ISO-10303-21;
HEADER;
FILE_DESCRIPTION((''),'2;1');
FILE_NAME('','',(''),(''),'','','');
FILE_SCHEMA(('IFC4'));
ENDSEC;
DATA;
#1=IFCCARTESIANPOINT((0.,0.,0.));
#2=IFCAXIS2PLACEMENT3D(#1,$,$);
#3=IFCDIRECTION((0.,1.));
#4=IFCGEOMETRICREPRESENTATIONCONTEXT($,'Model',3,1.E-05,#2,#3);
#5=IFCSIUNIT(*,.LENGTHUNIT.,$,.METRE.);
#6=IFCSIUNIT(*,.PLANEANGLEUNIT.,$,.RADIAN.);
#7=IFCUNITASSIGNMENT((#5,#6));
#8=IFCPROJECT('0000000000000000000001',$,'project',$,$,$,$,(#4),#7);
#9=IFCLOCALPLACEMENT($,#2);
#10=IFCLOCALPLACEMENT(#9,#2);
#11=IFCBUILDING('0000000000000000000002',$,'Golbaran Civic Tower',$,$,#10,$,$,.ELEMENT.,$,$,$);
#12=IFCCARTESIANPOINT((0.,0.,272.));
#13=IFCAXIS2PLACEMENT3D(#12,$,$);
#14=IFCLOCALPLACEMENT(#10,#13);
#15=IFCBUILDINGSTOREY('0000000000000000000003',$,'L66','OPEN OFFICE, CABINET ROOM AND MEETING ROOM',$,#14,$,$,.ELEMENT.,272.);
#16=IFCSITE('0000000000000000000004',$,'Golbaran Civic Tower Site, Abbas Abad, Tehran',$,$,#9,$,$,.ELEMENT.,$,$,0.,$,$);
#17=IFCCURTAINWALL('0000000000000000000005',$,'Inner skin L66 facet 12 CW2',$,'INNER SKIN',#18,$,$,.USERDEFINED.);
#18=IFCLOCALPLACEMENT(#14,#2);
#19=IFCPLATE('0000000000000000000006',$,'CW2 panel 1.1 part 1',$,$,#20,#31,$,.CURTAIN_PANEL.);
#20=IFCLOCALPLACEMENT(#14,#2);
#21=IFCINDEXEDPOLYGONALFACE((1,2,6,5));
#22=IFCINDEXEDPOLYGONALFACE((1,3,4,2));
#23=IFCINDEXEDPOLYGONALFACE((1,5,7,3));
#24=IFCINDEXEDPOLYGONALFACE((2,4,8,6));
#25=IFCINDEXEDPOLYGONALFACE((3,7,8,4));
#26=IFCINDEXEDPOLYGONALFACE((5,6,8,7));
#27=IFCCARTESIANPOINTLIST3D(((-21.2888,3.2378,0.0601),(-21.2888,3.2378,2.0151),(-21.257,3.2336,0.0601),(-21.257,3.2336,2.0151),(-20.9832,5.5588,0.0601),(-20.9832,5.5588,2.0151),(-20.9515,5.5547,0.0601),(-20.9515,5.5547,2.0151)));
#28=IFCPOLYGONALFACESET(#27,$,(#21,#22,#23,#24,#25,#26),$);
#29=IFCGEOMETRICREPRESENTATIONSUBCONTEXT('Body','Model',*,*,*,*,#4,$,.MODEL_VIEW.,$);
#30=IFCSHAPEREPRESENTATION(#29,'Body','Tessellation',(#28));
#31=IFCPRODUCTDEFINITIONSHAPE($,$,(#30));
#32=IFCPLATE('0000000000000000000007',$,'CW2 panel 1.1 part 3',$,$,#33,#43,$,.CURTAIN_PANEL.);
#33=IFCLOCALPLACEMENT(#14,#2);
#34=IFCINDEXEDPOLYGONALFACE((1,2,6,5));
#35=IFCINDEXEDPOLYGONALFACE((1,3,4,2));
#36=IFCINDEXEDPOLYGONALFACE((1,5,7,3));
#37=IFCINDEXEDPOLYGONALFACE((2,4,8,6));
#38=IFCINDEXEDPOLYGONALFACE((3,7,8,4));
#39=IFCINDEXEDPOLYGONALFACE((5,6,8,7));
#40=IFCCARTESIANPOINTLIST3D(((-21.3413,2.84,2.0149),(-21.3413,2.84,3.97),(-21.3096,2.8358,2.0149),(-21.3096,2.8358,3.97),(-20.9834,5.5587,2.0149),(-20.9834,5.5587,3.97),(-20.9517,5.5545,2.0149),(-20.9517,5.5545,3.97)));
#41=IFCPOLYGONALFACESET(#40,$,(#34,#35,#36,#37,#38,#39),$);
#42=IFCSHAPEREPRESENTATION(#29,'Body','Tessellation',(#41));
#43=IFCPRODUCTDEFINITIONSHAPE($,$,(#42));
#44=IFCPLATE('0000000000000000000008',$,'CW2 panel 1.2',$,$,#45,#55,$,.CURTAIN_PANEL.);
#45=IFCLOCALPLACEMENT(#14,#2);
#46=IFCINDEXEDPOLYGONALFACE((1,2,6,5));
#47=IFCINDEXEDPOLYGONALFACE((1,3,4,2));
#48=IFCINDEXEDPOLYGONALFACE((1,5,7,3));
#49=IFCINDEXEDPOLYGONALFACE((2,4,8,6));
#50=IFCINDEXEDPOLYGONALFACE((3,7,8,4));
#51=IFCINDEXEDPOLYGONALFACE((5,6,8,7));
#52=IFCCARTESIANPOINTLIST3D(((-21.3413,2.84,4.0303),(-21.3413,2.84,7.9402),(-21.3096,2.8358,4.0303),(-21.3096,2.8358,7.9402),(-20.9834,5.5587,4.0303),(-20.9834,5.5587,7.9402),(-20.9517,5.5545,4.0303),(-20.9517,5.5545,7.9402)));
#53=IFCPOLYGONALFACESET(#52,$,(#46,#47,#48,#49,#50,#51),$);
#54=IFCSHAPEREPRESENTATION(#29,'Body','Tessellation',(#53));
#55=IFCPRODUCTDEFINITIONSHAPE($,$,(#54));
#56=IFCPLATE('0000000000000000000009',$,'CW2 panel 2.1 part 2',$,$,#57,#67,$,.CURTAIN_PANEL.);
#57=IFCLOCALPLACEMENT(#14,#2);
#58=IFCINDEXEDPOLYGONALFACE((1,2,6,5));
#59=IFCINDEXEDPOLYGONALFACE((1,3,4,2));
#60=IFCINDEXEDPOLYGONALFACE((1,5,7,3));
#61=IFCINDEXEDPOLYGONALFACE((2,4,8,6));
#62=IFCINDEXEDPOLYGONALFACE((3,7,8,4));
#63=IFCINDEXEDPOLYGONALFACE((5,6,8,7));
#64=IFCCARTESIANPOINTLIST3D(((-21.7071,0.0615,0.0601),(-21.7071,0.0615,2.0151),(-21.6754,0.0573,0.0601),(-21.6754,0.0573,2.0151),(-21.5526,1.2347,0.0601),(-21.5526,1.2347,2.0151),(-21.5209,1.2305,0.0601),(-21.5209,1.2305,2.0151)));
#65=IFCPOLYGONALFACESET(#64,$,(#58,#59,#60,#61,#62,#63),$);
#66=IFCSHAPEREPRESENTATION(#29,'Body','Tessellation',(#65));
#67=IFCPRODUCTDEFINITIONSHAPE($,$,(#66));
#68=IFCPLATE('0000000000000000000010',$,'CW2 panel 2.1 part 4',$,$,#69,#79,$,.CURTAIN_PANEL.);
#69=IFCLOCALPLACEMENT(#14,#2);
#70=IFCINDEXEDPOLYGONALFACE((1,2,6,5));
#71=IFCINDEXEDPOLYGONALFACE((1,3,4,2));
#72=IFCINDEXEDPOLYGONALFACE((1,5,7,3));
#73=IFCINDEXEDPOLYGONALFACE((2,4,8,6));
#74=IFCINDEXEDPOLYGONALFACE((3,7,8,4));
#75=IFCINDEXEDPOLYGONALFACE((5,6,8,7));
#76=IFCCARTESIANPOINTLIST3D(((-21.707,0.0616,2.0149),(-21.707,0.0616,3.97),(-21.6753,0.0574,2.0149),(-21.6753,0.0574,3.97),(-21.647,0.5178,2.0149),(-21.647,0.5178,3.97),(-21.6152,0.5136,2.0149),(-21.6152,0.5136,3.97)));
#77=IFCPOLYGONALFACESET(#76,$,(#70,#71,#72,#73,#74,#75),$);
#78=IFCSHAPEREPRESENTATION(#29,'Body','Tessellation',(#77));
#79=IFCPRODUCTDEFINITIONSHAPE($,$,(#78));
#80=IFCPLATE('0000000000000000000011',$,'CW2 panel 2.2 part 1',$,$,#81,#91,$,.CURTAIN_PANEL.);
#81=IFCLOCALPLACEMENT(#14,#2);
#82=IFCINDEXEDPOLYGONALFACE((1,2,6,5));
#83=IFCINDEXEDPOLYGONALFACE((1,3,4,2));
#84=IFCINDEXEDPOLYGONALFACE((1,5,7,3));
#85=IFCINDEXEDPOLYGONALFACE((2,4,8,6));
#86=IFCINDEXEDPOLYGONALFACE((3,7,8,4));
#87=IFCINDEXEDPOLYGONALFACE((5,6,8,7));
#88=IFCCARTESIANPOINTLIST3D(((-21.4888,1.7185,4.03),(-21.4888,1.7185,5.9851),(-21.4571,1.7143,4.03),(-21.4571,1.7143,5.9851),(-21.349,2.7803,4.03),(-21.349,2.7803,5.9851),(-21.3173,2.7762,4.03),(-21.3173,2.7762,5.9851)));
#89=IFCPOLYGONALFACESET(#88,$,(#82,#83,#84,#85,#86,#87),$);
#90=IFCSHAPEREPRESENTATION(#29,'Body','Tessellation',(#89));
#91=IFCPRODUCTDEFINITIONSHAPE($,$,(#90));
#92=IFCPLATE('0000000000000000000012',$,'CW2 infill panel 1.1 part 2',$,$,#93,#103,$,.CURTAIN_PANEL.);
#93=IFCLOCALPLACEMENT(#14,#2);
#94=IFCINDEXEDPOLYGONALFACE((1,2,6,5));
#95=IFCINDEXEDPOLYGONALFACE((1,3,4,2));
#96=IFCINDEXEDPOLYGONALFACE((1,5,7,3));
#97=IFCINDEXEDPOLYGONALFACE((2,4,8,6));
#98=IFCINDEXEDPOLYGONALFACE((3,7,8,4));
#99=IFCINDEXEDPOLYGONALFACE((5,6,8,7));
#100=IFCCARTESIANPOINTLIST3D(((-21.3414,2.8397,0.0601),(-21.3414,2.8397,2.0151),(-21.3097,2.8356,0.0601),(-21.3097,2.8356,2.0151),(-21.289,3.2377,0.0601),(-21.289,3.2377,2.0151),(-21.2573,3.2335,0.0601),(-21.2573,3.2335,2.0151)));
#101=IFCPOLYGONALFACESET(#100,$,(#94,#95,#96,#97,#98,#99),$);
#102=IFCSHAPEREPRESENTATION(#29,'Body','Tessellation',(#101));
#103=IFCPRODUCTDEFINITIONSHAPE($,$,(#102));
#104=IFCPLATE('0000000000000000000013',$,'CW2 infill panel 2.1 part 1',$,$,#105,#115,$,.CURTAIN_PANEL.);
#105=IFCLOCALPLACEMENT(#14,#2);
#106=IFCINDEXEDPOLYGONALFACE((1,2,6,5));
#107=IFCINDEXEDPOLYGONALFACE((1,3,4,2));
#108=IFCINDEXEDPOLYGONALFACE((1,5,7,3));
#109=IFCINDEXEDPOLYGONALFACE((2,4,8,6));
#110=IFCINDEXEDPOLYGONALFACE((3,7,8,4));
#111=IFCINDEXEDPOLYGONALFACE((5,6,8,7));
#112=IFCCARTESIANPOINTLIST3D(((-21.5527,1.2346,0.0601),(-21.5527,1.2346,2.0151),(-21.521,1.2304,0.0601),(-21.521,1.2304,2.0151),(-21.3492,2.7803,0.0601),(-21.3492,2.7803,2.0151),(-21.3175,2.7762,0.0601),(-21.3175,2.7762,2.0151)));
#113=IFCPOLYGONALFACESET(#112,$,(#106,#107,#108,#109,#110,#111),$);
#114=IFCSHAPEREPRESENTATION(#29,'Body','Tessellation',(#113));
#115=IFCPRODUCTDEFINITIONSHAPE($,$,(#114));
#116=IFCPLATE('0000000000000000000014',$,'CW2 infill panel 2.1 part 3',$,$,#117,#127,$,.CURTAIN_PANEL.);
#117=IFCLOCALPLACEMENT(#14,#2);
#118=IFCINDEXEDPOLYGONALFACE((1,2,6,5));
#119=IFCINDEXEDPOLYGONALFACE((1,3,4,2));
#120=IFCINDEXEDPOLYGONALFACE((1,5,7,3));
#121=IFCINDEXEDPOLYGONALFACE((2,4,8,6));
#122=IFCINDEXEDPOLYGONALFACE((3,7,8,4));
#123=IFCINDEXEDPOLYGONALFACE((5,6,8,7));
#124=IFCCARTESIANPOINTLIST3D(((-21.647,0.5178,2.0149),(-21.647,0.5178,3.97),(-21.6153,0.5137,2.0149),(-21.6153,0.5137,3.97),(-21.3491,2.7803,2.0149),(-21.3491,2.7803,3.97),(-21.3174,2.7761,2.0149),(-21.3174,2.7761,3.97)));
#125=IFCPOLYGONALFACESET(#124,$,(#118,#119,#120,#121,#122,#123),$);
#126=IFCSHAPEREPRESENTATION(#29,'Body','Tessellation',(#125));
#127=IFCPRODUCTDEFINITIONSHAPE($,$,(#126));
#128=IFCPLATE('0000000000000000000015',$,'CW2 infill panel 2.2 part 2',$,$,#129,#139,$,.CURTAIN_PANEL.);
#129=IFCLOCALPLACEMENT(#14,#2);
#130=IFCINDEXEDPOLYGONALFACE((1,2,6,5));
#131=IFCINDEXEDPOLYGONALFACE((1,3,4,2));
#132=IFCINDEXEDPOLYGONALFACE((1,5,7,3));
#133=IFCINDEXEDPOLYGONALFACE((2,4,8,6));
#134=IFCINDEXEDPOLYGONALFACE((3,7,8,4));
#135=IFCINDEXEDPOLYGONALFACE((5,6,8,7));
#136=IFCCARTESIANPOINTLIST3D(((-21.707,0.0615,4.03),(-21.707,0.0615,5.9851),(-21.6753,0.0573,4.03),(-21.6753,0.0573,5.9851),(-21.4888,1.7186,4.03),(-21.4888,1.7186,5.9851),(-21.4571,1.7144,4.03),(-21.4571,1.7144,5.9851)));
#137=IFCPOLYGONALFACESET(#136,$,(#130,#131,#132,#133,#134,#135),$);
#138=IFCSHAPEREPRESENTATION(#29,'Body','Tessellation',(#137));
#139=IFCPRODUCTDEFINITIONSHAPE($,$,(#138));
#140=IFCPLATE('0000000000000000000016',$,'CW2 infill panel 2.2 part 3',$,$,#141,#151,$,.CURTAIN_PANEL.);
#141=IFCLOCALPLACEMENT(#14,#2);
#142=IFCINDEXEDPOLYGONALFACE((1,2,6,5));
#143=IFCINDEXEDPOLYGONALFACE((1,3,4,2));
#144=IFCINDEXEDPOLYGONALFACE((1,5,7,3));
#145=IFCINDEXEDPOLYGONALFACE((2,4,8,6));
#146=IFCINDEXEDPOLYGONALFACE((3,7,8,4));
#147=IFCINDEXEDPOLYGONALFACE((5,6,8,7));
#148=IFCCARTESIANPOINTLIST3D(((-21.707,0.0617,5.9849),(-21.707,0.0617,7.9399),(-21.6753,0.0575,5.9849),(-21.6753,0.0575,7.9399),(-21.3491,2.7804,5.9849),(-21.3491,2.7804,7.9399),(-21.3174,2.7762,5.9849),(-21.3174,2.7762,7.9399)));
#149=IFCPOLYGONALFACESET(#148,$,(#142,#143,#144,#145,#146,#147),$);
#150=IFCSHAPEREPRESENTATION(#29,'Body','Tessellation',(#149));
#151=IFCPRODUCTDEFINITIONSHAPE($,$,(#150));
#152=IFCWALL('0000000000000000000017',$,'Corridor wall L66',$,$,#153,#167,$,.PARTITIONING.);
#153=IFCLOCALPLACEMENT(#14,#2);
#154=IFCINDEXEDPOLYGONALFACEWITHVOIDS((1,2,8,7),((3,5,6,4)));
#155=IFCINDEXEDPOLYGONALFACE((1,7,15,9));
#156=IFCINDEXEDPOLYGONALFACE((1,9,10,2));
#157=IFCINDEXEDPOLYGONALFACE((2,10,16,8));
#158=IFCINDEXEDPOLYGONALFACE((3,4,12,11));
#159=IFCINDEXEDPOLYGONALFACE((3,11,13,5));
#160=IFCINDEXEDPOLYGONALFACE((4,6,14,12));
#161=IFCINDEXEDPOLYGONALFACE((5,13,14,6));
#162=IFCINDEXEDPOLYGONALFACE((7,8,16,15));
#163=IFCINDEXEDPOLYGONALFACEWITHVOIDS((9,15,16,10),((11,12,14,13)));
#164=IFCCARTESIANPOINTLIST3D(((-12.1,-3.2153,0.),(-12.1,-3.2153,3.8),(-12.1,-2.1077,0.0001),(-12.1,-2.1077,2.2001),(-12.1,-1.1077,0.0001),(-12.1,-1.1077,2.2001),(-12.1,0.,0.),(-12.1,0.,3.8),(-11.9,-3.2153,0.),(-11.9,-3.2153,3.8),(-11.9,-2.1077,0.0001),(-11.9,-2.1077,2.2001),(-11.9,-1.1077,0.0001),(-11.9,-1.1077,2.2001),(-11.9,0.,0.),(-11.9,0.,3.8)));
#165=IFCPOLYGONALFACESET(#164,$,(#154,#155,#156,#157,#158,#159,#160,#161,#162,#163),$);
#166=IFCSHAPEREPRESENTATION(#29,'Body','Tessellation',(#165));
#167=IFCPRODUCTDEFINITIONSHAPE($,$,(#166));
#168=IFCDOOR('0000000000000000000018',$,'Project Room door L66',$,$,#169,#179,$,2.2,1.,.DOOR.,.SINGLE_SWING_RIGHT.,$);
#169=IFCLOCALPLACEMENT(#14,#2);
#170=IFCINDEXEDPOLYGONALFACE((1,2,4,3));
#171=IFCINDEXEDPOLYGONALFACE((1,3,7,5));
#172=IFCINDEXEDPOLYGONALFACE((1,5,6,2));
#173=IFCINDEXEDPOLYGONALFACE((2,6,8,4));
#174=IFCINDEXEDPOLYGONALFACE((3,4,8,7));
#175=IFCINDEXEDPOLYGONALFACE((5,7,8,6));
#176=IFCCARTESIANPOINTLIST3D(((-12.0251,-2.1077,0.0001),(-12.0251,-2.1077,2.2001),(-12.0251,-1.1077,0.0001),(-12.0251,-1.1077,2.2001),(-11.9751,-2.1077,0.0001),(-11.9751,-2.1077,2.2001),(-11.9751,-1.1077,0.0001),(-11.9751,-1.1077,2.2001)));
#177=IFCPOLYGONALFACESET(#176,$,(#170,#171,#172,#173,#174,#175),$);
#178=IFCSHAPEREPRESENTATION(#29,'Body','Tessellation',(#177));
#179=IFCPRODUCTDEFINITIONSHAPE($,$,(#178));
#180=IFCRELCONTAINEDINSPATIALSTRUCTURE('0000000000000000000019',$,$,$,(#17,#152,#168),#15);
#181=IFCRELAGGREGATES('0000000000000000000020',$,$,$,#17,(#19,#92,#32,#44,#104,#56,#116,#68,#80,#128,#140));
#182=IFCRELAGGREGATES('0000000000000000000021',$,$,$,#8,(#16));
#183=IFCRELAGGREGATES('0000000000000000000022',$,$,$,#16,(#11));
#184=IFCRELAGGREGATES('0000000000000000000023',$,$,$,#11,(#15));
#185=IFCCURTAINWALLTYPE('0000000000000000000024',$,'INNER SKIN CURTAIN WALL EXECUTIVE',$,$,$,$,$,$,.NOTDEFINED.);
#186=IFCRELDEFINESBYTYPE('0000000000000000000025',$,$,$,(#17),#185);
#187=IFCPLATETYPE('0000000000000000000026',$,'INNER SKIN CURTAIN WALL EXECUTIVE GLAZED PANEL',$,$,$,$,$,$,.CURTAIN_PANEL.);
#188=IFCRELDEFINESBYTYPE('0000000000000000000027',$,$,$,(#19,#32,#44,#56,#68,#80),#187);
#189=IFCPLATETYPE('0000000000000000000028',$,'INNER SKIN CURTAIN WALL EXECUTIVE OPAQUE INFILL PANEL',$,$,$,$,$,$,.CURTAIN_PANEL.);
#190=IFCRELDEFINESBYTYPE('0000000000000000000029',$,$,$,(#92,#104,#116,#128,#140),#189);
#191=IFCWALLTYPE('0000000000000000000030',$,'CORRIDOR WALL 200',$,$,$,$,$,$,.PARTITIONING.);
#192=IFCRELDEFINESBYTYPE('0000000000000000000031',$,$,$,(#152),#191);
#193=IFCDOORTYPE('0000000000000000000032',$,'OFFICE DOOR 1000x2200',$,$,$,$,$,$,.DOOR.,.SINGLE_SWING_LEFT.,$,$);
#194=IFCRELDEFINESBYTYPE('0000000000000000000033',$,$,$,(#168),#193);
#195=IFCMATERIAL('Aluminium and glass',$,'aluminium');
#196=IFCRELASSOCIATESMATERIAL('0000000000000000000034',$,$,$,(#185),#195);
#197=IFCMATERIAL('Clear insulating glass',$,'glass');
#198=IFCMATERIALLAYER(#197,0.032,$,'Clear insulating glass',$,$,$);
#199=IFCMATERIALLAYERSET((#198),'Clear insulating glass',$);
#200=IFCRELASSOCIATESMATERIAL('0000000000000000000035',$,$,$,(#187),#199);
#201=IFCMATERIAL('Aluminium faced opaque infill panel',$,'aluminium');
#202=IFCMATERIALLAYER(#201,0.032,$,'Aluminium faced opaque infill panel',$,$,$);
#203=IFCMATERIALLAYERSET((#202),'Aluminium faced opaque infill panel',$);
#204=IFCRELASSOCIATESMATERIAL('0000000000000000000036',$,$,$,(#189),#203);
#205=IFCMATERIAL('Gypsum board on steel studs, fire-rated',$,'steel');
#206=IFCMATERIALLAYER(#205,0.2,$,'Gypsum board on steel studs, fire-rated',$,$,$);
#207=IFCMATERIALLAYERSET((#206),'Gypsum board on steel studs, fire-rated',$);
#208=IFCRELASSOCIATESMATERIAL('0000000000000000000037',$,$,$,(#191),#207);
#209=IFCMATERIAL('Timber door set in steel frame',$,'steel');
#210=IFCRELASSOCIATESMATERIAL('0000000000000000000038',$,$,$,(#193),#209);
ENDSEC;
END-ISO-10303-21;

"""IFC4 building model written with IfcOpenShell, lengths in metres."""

from ifc_helpers import new_model, si_unit, direction, frame, frame_2d, origin, origin_2d, place, context, subcontext, project, spatial, rectangle, extrude, material, layer, layer_set, type_object, element, fill, aggregate, save


model = new_model("IFC4")

# Units and contexts
model_context = context("Model", 3, precision=1e-05, world=origin(), true_north=direction((0.0, 1.0)))
body_context = subcontext(model_context, "Body", "Model", "MODEL_VIEW")
ifc_project = project(units=[si_unit("LENGTHUNIT", "METRE"), si_unit("PLANEANGLEUNIT", "RADIAN")], contexts=[model_context])

# Site, building, storey
site_placement = place(None, origin())
site = spatial("IfcSite", under=ifc_project, at=site_placement, Name="Golbaran Civic Tower Site, Abbas Abad, Tehran", CompositionType="ELEMENT", RefElevation=0.0)
building_placement = place(site_placement, origin())
building = spatial("IfcBuilding", under=site, at=building_placement, Name="Golbaran Civic Tower", CompositionType="ELEMENT")
storey_placement = place(building_placement, frame((0.0, 0.0, 272.0)))
storey = spatial("IfcBuildingStorey", under=building, at=storey_placement, Name="L66", Description="OPEN OFFICE, CABINET ROOM AND MEETING ROOM", CompositionType="ELEMENT", Elevation=272.0)

# Curtain wall, plates
ifc_material_1 = material(Name="Aluminium and glass", Category="aluminium")
curtain_wall_type = type_object("IfcCurtainWallType", Name="INNER SKIN CURTAIN WALL EXECUTIVE", PredefinedType="NOTDEFINED", material=ifc_material_1)
curtain_wall_placement = place(storey_placement, origin())
curtain_wall = element("IfcCurtainWall", 1, at=curtain_wall_placement, inside=storey, type_object=curtain_wall_type, Name="Inner skin L66 facet 12 CW2", ObjectType="INNER SKIN", PredefinedType="USERDEFINED")
ifc_material_2 = material(Name="Clear insulating glass", Category="glass")
ifc_layer_1 = layer(ifc_material_2, 0.032, Name="Clear insulating glass")
ifc_layer_set_1 = layer_set([ifc_layer_1], Name="Clear insulating glass")
plate_type_1 = type_object("IfcPlateType", Name="INNER SKIN CURTAIN WALL EXECUTIVE GLAZED PANEL", PredefinedType="CURTAIN_PANEL", material=ifc_layer_set_1)
plate_1_placement = place(storey_placement, frame((-21.1201, 4.3962, 0.0601), z_axis=(0.0, 0.0, 1.0), x_axis=(-0.130526, -0.991445, 0.0)))
plate_1 = element("IfcPlate", 2, at=plate_1_placement, type_object=plate_type_1, Name="CW2 panel 1.1 part 1", PredefinedType="CURTAIN_PANEL", context=body_context, shape_type="SweptSolid", body=[
    extrude(rectangle(XDim=2.3411, YDim=0.032, at=origin_2d()), origin(), (0.0, 0.0, 1.0), 1.9551),
])
plate_2_placement = place(storey_placement, frame((-21.1465, 4.1973, 2.0149), z_axis=(0.0, 0.0, 1.0), x_axis=(-0.130526, -0.991445, 0.0)))
plate_2 = element("IfcPlate", 3, at=plate_2_placement, type_object=plate_type_1, Name="CW2 panel 1.1 part 3", PredefinedType="CURTAIN_PANEL", context=body_context, shape_type="SweptSolid", body=[
    extrude(rectangle(XDim=2.7422, YDim=0.032, at=origin_2d()), origin(), (0.0, 0.0, 1.0), 1.9551),
])
plate_3_placement = place(storey_placement, frame((-21.1465, 4.1973, 4.0303), z_axis=(0.0, 0.0, 1.0), x_axis=(-0.130526, -0.991445, 0.0)))
plate_3 = element("IfcPlate", 4, at=plate_3_placement, type_object=plate_type_1, Name="CW2 panel 1.2", PredefinedType="CURTAIN_PANEL", context=body_context, shape_type="SweptSolid", body=[
    extrude(rectangle(XDim=2.7422, YDim=0.032, at=origin_2d()), origin(), (0.0, 0.0, 1.0), 3.9099),
])
plate_4_placement = place(storey_placement, frame((-21.614, 0.646, 0.0601), z_axis=(0.0, 0.0, 1.0), x_axis=(-0.130526, -0.991445, 0.0)))
plate_4 = element("IfcPlate", 5, at=plate_4_placement, type_object=plate_type_1, Name="CW2 panel 2.1 part 2", PredefinedType="CURTAIN_PANEL", context=body_context, shape_type="SweptSolid", body=[
    extrude(rectangle(XDim=1.1833, YDim=0.032, at=origin_2d()), origin(), (0.0, 0.0, 1.0), 1.9551),
])
plate_5_placement = place(storey_placement, frame((-21.6611, 0.2876, 2.0149), z_axis=(0.0, 0.0, 1.0), x_axis=(-0.130526, -0.991445, 0.0)))
plate_5 = element("IfcPlate", 6, at=plate_5_placement, type_object=plate_type_1, Name="CW2 panel 2.1 part 4", PredefinedType="CURTAIN_PANEL", context=body_context, shape_type="SweptSolid", body=[
    extrude(rectangle(XDim=0.4602, YDim=0.032, at=origin_2d()), origin(), (0.0, 0.0, 1.0), 1.9551),
])
plate_6_placement = place(storey_placement, frame((-21.4031, 2.2473, 4.03), z_axis=(0.0, 0.0, 1.0), x_axis=(-0.130526, -0.991445, 0.0)))
plate_6 = element("IfcPlate", 7, at=plate_6_placement, type_object=plate_type_1, Name="CW2 panel 2.2 part 1", PredefinedType="CURTAIN_PANEL", context=body_context, shape_type="SweptSolid", body=[
    extrude(rectangle(XDim=1.071, YDim=0.032, at=origin_2d()), origin(), (0.0, 0.0, 1.0), 1.9551),
])
ifc_material_3 = material(Name="Aluminium faced opaque infill panel", Category="aluminium")
ifc_layer_2 = layer(ifc_material_3, 0.032, Name="Aluminium faced opaque infill panel")
ifc_layer_set_2 = layer_set([ifc_layer_2], Name="Aluminium faced opaque infill panel")
plate_type_2 = type_object("IfcPlateType", Name="INNER SKIN CURTAIN WALL EXECUTIVE OPAQUE INFILL PANEL", PredefinedType="CURTAIN_PANEL", material=ifc_layer_set_2)
plate_7_placement = place(storey_placement, frame((-21.2993, 3.0366, 0.0601), z_axis=(0.0, 0.0, 1.0), x_axis=(-0.130526, -0.991445, 0.0)))
plate_7 = element("IfcPlate", 8, at=plate_7_placement, type_object=plate_type_2, Name="CW2 infill panel 1.1 part 2", PredefinedType="CURTAIN_PANEL", context=body_context, shape_type="SweptSolid", body=[
    extrude(rectangle(XDim=0.4014, YDim=0.032, at=origin_2d()), origin(), (0.0, 0.0, 1.0), 1.9551),
])
plate_8_placement = place(storey_placement, frame((-21.4351, 2.0054, 0.0601), z_axis=(0.0, 0.0, 1.0), x_axis=(-0.130526, -0.991445, 0.0)))
plate_8 = element("IfcPlate", 9, at=plate_8_placement, type_object=plate_type_2, Name="CW2 infill panel 2.1 part 1", PredefinedType="CURTAIN_PANEL", context=body_context, shape_type="SweptSolid", body=[
    extrude(rectangle(XDim=1.5591, YDim=0.032, at=origin_2d()), origin(), (0.0, 0.0, 1.0), 1.9551),
])
plate_9_placement = place(storey_placement, frame((-21.4822, 1.647, 2.0149), z_axis=(0.0, 0.0, 1.0), x_axis=(-0.130526, -0.991445, 0.0)))
plate_9 = element("IfcPlate", 10, at=plate_9_placement, type_object=plate_type_2, Name="CW2 infill panel 2.1 part 3", PredefinedType="CURTAIN_PANEL", context=body_context, shape_type="SweptSolid", body=[
    extrude(rectangle(XDim=2.282, YDim=0.032, at=origin_2d()), origin(), (0.0, 0.0, 1.0), 1.9551),
])
plate_10_placement = place(storey_placement, frame((-21.582, 0.8879, 4.03), z_axis=(0.0, 0.0, 1.0), x_axis=(-0.130526, -0.991445, 0.0)))
plate_10 = element("IfcPlate", 11, at=plate_10_placement, type_object=plate_type_2, Name="CW2 infill panel 2.2 part 2", PredefinedType="CURTAIN_PANEL", context=body_context, shape_type="SweptSolid", body=[
    extrude(rectangle(XDim=1.6714, YDim=0.032, at=origin_2d()), origin(), (0.0, 0.0, 1.0), 1.9551),
])
plate_11_placement = place(storey_placement, frame((-21.5122, 1.4189, 5.9849), z_axis=(0.0, 0.0, 1.0), x_axis=(-0.130526, -0.991445, 0.0)))
plate_11 = element("IfcPlate", 12, at=plate_11_placement, type_object=plate_type_2, Name="CW2 infill panel 2.2 part 3", PredefinedType="CURTAIN_PANEL", context=body_context, shape_type="SweptSolid", body=[
    extrude(rectangle(XDim=2.7422, YDim=0.032, at=origin_2d()), origin(), (0.0, 0.0, 1.0), 1.9551),
])
aggregate(curtain_wall, [plate_1, plate_7, plate_2, plate_3, plate_8, plate_4, plate_9, plate_5, plate_6, plate_10, plate_11])

# Wall, opening, door
ifc_material_4 = material(Name="Gypsum board on steel studs, fire-rated", Category="steel")
ifc_layer_3 = layer(ifc_material_4, 0.2, Name="Gypsum board on steel studs, fire-rated")
ifc_layer_set_3 = layer_set([ifc_layer_3], Name="Gypsum board on steel studs, fire-rated")
wall_type = type_object("IfcWallType", Name="CORRIDOR WALL 200", PredefinedType="PARTITIONING", material=ifc_layer_set_3)
wall_placement = place(storey_placement, frame((-12.0, 0.0, 0.0), z_axis=(0.0, 0.0, 1.0), x_axis=(0.0, -1.0, 0.0)))
wall = element("IfcWall", 13, at=wall_placement, inside=storey, type_object=wall_type, Name="Corridor wall L66", PredefinedType="PARTITIONING", context=body_context, shape_type="SweptSolid", body=[
    extrude(rectangle(XDim=3.2153, YDim=0.2, at=frame_2d((1.6077, 0.0))), origin(), (0.0, 0.0, 1.0), 3.8),
])
opening_placement = place(wall_placement, frame((1.1077, 0.0, 0.0)))
opening = element("IfcOpeningElement", 14, at=opening_placement, cuts=wall, PredefinedType="OPENING", context=body_context, shape_type="SweptSolid", body=[
    extrude(rectangle(XDim=1.0, YDim=2.2, at=frame_2d((0.5, 1.1001))), frame((0.0, 0.1099, 0.0), z_axis=(0.0, -1.0, 0.0), x_axis=(1.0, 0.0, 0.0)), (0.0, 0.0, 1.0), 0.22),
])
ifc_material_5 = material(Name="Timber door set in steel frame", Category="steel")
door_type = type_object("IfcDoorType", Name="OFFICE DOOR 1000x2200", OperationType="SINGLE_SWING_LEFT", PredefinedType="DOOR", material=ifc_material_5)
door_placement = place(opening_placement, origin())
door = element("IfcDoor", 15, at=door_placement, inside=storey, type_object=door_type, Name="Project Room door L66", OperationType="SINGLE_SWING_RIGHT", OverallHeight=2.2, OverallWidth=1.0, PredefinedType="DOOR", context=body_context, shape_type="SweptSolid", body=[
    extrude(rectangle(XDim=1.0, YDim=2.2, at=frame_2d((0.5, 1.1001))), frame((0.0, 0.0249, 0.0), z_axis=(0.0, -1.0, 0.0), x_axis=(1.0, 0.0, 0.0)), (0.0, 0.0, 1.0), 0.05),
])
fill(opening, door)

save(model, "model.ifc")
